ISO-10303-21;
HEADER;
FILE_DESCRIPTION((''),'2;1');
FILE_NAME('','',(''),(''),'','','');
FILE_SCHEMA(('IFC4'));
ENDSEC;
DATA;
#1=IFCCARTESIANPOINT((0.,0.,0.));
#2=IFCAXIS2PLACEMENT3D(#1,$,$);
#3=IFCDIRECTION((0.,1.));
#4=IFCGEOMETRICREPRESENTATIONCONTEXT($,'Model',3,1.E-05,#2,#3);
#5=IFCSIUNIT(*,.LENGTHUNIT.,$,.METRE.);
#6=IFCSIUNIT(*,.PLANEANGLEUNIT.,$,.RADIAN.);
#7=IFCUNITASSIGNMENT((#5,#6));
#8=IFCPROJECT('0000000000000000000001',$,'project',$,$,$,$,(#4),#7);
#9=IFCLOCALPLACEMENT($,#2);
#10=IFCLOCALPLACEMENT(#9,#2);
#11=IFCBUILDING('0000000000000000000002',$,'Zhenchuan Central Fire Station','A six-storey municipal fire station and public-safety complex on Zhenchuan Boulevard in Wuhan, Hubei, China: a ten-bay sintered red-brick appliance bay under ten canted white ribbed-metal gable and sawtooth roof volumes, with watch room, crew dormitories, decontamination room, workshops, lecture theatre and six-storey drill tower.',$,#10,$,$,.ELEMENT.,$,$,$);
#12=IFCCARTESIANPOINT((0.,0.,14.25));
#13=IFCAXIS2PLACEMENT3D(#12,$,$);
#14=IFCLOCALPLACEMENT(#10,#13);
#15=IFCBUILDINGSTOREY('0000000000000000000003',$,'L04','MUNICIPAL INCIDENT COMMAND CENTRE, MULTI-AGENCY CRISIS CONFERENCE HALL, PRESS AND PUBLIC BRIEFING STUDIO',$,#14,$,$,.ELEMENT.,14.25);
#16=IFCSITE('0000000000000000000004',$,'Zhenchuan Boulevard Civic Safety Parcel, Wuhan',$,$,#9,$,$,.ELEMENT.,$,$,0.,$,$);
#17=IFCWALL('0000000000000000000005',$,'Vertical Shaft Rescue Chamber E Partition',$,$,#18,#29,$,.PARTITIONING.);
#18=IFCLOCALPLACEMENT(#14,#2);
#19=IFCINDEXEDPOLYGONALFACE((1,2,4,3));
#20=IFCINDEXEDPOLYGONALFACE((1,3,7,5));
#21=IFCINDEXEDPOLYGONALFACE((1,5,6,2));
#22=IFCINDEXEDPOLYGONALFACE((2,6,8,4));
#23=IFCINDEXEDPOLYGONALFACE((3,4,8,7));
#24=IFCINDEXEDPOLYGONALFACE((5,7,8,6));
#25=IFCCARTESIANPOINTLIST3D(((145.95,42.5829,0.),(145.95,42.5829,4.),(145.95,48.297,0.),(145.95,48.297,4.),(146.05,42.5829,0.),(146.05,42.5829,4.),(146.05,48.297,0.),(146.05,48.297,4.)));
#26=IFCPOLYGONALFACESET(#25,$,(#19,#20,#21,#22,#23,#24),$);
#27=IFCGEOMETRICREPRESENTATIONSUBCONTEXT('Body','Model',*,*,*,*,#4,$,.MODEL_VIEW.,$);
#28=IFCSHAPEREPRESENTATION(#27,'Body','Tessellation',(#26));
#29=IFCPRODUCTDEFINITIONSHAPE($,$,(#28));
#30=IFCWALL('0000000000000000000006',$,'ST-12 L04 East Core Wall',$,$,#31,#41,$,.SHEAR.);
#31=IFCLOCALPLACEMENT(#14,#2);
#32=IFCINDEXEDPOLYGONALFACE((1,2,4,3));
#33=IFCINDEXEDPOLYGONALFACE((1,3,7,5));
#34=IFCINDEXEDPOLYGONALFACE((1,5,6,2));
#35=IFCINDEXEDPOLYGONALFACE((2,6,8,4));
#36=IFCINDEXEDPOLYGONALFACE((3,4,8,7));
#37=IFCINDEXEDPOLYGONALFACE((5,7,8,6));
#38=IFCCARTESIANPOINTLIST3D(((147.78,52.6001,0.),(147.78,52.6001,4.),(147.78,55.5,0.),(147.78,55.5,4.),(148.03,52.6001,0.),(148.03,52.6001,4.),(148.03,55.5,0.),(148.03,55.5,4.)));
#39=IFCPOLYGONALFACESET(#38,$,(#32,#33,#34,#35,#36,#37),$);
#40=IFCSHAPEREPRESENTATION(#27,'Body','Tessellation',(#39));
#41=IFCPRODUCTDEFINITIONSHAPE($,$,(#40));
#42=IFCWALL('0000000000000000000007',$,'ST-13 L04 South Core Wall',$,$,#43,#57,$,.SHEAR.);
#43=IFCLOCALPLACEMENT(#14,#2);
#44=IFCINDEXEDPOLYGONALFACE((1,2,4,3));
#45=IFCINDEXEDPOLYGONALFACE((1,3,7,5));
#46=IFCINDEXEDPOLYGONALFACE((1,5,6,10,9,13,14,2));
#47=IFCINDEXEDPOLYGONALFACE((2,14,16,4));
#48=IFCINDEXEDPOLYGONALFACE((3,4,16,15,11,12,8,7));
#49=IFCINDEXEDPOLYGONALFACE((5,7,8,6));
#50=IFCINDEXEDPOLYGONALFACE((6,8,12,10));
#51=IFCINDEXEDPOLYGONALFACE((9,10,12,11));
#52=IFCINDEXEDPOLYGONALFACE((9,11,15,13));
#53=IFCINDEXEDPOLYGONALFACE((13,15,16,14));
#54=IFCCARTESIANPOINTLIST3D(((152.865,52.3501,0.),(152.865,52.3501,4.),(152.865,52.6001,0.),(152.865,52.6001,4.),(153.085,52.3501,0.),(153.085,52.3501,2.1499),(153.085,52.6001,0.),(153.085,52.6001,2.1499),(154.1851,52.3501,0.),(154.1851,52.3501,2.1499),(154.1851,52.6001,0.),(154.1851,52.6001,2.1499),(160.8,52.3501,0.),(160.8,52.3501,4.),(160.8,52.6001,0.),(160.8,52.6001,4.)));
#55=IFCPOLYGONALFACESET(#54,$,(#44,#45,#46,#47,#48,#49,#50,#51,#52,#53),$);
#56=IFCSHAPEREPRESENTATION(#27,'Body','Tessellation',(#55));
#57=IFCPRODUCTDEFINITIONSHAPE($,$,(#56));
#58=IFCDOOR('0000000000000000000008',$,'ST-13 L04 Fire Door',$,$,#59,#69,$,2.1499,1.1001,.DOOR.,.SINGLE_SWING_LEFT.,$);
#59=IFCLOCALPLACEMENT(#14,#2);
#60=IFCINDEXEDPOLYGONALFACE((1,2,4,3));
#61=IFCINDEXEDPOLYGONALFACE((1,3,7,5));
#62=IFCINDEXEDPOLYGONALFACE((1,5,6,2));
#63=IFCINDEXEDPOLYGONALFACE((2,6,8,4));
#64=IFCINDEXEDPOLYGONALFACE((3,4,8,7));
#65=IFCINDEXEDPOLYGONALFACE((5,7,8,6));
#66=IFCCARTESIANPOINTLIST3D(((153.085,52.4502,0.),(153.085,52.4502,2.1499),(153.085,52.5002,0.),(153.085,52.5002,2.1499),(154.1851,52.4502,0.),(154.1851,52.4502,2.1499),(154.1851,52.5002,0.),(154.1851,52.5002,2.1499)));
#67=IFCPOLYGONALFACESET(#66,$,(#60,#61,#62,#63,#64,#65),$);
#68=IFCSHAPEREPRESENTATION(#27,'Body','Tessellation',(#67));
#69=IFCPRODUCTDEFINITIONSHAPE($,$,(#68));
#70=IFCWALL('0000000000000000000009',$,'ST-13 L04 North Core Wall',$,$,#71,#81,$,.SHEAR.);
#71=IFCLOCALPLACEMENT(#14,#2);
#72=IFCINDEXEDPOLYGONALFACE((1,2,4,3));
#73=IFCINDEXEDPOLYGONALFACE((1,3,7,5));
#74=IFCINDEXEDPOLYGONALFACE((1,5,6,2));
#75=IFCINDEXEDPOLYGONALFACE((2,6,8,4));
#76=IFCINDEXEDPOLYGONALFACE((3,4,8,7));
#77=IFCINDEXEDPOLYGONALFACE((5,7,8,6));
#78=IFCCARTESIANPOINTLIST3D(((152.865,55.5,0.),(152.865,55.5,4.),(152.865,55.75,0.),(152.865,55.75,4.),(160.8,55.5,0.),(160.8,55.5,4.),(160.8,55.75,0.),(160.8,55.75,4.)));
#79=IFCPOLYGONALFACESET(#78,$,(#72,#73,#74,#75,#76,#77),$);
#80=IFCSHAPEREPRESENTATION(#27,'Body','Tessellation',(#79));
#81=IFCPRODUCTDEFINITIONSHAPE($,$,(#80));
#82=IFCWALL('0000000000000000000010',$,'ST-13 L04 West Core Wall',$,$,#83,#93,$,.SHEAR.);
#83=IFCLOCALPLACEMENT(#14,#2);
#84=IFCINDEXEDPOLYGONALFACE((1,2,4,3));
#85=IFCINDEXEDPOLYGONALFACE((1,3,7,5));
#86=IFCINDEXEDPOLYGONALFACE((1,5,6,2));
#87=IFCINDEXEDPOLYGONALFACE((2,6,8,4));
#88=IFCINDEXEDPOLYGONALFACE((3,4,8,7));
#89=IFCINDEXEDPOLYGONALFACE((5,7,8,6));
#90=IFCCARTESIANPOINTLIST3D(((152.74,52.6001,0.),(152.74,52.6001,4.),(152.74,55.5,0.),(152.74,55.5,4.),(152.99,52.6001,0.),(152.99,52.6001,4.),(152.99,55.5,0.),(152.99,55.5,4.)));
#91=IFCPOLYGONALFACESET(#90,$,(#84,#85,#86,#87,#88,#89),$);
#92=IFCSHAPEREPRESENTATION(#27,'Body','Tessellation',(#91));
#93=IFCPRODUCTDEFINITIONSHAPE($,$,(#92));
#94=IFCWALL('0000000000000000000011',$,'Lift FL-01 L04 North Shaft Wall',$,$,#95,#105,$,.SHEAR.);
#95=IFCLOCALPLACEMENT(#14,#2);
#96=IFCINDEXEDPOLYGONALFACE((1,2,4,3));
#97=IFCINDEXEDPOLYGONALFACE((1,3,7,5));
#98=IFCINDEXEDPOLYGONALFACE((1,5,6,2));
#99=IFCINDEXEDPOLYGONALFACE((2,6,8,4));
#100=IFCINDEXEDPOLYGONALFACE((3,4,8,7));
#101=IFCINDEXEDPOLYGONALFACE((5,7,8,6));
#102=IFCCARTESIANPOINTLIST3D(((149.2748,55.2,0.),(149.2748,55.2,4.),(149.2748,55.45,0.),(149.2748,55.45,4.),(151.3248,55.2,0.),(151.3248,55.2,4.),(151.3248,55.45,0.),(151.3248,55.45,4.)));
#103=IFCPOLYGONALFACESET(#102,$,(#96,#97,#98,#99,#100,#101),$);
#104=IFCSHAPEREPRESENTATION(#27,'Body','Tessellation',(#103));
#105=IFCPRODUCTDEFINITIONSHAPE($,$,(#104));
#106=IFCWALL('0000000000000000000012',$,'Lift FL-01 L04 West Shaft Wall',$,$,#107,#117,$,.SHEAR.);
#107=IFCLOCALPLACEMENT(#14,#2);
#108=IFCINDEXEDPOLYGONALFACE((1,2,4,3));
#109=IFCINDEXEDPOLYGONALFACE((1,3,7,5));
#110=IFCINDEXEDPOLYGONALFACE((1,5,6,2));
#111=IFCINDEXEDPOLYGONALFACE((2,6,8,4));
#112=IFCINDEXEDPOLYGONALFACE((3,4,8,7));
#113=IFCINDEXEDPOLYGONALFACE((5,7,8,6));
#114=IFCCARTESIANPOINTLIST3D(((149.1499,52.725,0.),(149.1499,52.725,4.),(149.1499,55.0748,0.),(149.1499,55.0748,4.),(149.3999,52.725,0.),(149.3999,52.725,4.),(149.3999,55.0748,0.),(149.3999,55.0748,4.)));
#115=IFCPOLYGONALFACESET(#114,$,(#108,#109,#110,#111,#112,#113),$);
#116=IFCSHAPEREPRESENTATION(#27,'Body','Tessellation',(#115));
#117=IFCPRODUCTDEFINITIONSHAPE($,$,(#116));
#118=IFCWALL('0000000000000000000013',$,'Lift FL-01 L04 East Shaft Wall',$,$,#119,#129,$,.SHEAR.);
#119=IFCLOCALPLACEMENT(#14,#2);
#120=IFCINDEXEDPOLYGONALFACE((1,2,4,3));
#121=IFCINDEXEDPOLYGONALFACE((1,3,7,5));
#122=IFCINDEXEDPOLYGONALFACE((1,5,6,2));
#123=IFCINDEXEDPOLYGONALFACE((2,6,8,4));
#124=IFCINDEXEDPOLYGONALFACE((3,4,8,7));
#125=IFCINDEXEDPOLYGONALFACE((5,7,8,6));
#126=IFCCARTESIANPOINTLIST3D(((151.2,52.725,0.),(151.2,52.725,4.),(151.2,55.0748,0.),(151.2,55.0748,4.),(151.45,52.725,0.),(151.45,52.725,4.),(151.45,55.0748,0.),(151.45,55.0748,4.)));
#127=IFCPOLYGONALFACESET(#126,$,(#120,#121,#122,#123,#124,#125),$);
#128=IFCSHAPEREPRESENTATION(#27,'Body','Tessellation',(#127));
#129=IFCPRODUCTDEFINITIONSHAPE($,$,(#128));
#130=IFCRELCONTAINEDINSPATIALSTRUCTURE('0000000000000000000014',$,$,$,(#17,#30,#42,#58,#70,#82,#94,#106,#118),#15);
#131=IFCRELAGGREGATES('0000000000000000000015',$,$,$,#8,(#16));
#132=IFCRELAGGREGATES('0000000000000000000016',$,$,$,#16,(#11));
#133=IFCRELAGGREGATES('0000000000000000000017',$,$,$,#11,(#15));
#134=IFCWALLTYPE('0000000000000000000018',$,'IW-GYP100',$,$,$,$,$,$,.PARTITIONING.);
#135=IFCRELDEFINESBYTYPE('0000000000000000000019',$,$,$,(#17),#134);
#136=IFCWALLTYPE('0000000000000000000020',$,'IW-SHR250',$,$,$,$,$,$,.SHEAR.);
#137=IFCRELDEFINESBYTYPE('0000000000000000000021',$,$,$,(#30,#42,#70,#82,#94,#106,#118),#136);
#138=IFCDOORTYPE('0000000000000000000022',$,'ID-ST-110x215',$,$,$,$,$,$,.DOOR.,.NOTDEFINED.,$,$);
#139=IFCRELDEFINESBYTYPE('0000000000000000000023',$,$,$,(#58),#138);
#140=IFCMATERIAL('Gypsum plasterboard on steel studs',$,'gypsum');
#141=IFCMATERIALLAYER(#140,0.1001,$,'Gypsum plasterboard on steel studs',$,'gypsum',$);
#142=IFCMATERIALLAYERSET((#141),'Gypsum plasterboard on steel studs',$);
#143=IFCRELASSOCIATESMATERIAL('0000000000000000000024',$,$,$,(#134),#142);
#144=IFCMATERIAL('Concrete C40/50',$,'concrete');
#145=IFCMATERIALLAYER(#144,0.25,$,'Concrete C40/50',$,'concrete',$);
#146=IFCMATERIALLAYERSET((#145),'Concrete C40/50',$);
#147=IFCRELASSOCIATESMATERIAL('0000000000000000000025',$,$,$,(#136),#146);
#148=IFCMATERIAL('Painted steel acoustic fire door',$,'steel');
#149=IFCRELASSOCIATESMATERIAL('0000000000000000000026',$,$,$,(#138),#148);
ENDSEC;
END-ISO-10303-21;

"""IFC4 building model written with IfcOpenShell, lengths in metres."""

from ifc_helpers import new_model, si_unit, direction, frame, frame_2d, origin, place, context, subcontext, project, spatial, rectangle, extrude, material, layer, layer_set, type_object, element, fill, save


model = new_model("IFC4")

# Units and contexts
model_context = context("Model", 3, precision=1e-05, world=origin(), true_north=direction((0.0, 1.0)))
body_context = subcontext(model_context, "Body", "Model", "MODEL_VIEW")
ifc_project = project(units=[si_unit("LENGTHUNIT", "METRE"), si_unit("PLANEANGLEUNIT", "RADIAN")], contexts=[model_context])

# Site, building, storey
site_placement = place(None, origin())
site = spatial("IfcSite", under=ifc_project, at=site_placement, Name="Zhenchuan Boulevard Civic Safety Parcel, Wuhan", CompositionType="ELEMENT", RefElevation=0.0)
building_placement = place(site_placement, origin())
building = spatial("IfcBuilding", under=site, at=building_placement, Name="Zhenchuan Central Fire Station", Description="A six-storey municipal fire station and public-safety complex on Zhenchuan Boulevard in Wuhan, Hubei, China: a ten-bay sintered red-brick appliance bay under ten canted white ribbed-metal gable and sawtooth roof volumes, with watch room, crew dormitories, decontamination room, workshops, lecture theatre and six-storey drill tower.", CompositionType="ELEMENT")
storey_placement = place(building_placement, frame((0.0, 0.0, 14.25)))
storey = spatial("IfcBuildingStorey", under=building, at=storey_placement, Name="L04", Description="MUNICIPAL INCIDENT COMMAND CENTRE, MULTI-AGENCY CRISIS CONFERENCE HALL, PRESS AND PUBLIC BRIEFING STUDIO", CompositionType="ELEMENT", Elevation=14.25)

# Shared definitions
ifc_material_1 = material(Name="Concrete C40/50", Category="concrete")

# Walls
ifc_material_2 = material(Name="Gypsum plasterboard on steel studs", Category="gypsum")
ifc_layer_1 = layer(ifc_material_2, 0.1001, Name="Gypsum plasterboard on steel studs", Category="gypsum")
ifc_layer_set_1 = layer_set([ifc_layer_1], Name="Gypsum plasterboard on steel studs")
wall_type_1 = type_object("IfcWallType", Name="IW-GYP100", PredefinedType="PARTITIONING", material=ifc_layer_set_1)
wall_1_placement = place(storey_placement, frame((146.0, 42.583, 0.0), z_axis=(0.0, 0.0, 1.0), x_axis=(0.0, 1.0, 0.0)))
element("IfcWall", 1, at=wall_1_placement, inside=storey, type_object=wall_type_1, Name="Vertical Shaft Rescue Chamber E Partition", PredefinedType="PARTITIONING", context=body_context, shape_type="SweptSolid", body=[
    extrude(rectangle(XDim=5.7141, YDim=0.1001, at=frame_2d((2.8569, 0.0))), origin(), (0.0, 0.0, 1.0), 4.0),
])
ifc_layer_2 = layer(ifc_material_1, 0.25, Name="Concrete C40/50", Category="concrete")
ifc_layer_set_2 = layer_set([ifc_layer_2], Name="Concrete C40/50")
wall_type_2 = type_object("IfcWallType", Name="IW-SHR250", PredefinedType="SHEAR", material=ifc_layer_set_2)
wall_2_placement = place(storey_placement, frame((147.905, 52.6001, 0.0), z_axis=(0.0, 0.0, 1.0), x_axis=(0.0, 1.0, 0.0)))
element("IfcWall", 2, at=wall_2_placement, inside=storey, type_object=wall_type_2, Name="ST-12 L04 East Core Wall", PredefinedType="SHEAR", context=body_context, shape_type="SweptSolid", body=[
    extrude(rectangle(XDim=2.8999, YDim=0.25, at=frame_2d((1.45, 0.0))), origin(), (0.0, 0.0, 1.0), 4.0),
])

# Wall, opening, door
wall_3_placement = place(storey_placement, frame((152.865, 52.4751, 0.0), z_axis=(0.0, 0.0, 1.0), x_axis=(1.0, 0.0, 0.0)))
wall_3 = element("IfcWall", 3, at=wall_3_placement, inside=storey, type_object=wall_type_2, Name="ST-13 L04 South Core Wall", PredefinedType="SHEAR", context=body_context, shape_type="SweptSolid", body=[
    extrude(rectangle(XDim=7.9351, YDim=0.25, at=frame_2d((3.9675, 0.0))), origin(), (0.0, 0.0, 1.0), 4.0),
])
opening_1_placement = place(wall_3_placement, frame((0.22, 0.0, 0.0)))
opening_1 = element("IfcOpeningElement", 4, at=opening_1_placement, cuts=wall_3, PredefinedType="OPENING", context=body_context, shape_type="SweptSolid", body=[
    extrude(rectangle(XDim=1.1001, YDim=2.1499, at=frame_2d((0.55, 1.075))), frame((0.0, 0.135, 0.0), z_axis=(0.0, -1.0, 0.0), x_axis=(1.0, 0.0, 0.0)), (0.0, 0.0, 1.0), 0.27),
])
ifc_material_3 = material(Name="Painted steel acoustic fire door", Category="steel")
door_type_1 = type_object("IfcDoorType", Name="ID-ST-110x215", OperationType="NOTDEFINED", PredefinedType="DOOR", material=ifc_material_3)
door_1_placement = place(opening_1_placement, frame((1.1001, 0.0, 0.0), z_axis=(0.0, 0.0, 1.0), x_axis=(-1.0, 0.0, 0.0)))
door_1 = element("IfcDoor", 5, at=door_1_placement, inside=storey, type_object=door_type_1, Name="ST-13 L04 Fire Door", OperationType="SINGLE_SWING_LEFT", OverallHeight=2.1499, OverallWidth=1.1001, PredefinedType="DOOR", context=body_context, shape_type="SweptSolid", body=[
    extrude(rectangle(XDim=1.1001, YDim=2.1499, at=frame_2d((0.55, 1.075))), frame((0.0, 0.0249, 0.0), z_axis=(0.0, -1.0, 0.0), x_axis=(1.0, 0.0, 0.0)), (0.0, 0.0, 1.0), 0.05),
])
fill(opening_1, door_1)

# Walls
wall_4_placement = place(storey_placement, frame((152.865, 55.625, 0.0), z_axis=(0.0, 0.0, 1.0), x_axis=(1.0, 0.0, 0.0)))
element("IfcWall", 6, at=wall_4_placement, inside=storey, type_object=wall_type_2, Name="ST-13 L04 North Core Wall", PredefinedType="SHEAR", context=body_context, shape_type="SweptSolid", body=[
    extrude(rectangle(XDim=7.9351, YDim=0.25, at=frame_2d((3.9675, 0.0))), origin(), (0.0, 0.0, 1.0), 4.0),
])
wall_5_placement = place(storey_placement, frame((152.865, 52.6001, 0.0), z_axis=(0.0, 0.0, 1.0), x_axis=(0.0, 1.0, 0.0)))
element("IfcWall", 7, at=wall_5_placement, inside=storey, type_object=wall_type_2, Name="ST-13 L04 West Core Wall", PredefinedType="SHEAR", context=body_context, shape_type="SweptSolid", body=[
    extrude(rectangle(XDim=2.8999, YDim=0.25, at=frame_2d((1.45, 0.0))), origin(), (0.0, 0.0, 1.0), 4.0),
])

# Walls
wall_6_placement = place(storey_placement, frame((149.2749, 55.325, 0.0), z_axis=(0.0, 0.0, 1.0), x_axis=(1.0, 0.0, 0.0)))
element("IfcWall", 8, at=wall_6_placement, inside=storey, type_object=wall_type_2, Name="Lift FL-01 L04 North Shaft Wall", PredefinedType="SHEAR", context=body_context, shape_type="SweptSolid", body=[
    extrude(rectangle(XDim=2.05, YDim=0.25, at=frame_2d((1.0249, 0.0))), origin(), (0.0, 0.0, 1.0), 4.0),
])
for number, where, z_axis, x_axis, name in (
    (9, (149.2749, 52.7251, 0.0), (0.0, 0.0, 1.0), (0.0, 1.0, 0.0), "Lift FL-01 L04 West Shaft Wall"),
    (10, (151.325, 52.7251, 0.0), (0.0, 0.0, 1.0), (0.0, 1.0, 0.0), "Lift FL-01 L04 East Shaft Wall"),
):
    element("IfcWall", number, at=place(storey_placement, frame(where, z_axis=z_axis, x_axis=x_axis)), inside=storey, type_object=wall_type_2, Name=name, PredefinedType="SHEAR", context=body_context, shape_type="SweptSolid", body=[
        extrude(rectangle(XDim=2.3499, YDim=0.25, at=frame_2d((1.1748, 0.0))), origin(), (0.0, 0.0, 1.0), 4.0),
    ])

save(model, "model.ifc")
